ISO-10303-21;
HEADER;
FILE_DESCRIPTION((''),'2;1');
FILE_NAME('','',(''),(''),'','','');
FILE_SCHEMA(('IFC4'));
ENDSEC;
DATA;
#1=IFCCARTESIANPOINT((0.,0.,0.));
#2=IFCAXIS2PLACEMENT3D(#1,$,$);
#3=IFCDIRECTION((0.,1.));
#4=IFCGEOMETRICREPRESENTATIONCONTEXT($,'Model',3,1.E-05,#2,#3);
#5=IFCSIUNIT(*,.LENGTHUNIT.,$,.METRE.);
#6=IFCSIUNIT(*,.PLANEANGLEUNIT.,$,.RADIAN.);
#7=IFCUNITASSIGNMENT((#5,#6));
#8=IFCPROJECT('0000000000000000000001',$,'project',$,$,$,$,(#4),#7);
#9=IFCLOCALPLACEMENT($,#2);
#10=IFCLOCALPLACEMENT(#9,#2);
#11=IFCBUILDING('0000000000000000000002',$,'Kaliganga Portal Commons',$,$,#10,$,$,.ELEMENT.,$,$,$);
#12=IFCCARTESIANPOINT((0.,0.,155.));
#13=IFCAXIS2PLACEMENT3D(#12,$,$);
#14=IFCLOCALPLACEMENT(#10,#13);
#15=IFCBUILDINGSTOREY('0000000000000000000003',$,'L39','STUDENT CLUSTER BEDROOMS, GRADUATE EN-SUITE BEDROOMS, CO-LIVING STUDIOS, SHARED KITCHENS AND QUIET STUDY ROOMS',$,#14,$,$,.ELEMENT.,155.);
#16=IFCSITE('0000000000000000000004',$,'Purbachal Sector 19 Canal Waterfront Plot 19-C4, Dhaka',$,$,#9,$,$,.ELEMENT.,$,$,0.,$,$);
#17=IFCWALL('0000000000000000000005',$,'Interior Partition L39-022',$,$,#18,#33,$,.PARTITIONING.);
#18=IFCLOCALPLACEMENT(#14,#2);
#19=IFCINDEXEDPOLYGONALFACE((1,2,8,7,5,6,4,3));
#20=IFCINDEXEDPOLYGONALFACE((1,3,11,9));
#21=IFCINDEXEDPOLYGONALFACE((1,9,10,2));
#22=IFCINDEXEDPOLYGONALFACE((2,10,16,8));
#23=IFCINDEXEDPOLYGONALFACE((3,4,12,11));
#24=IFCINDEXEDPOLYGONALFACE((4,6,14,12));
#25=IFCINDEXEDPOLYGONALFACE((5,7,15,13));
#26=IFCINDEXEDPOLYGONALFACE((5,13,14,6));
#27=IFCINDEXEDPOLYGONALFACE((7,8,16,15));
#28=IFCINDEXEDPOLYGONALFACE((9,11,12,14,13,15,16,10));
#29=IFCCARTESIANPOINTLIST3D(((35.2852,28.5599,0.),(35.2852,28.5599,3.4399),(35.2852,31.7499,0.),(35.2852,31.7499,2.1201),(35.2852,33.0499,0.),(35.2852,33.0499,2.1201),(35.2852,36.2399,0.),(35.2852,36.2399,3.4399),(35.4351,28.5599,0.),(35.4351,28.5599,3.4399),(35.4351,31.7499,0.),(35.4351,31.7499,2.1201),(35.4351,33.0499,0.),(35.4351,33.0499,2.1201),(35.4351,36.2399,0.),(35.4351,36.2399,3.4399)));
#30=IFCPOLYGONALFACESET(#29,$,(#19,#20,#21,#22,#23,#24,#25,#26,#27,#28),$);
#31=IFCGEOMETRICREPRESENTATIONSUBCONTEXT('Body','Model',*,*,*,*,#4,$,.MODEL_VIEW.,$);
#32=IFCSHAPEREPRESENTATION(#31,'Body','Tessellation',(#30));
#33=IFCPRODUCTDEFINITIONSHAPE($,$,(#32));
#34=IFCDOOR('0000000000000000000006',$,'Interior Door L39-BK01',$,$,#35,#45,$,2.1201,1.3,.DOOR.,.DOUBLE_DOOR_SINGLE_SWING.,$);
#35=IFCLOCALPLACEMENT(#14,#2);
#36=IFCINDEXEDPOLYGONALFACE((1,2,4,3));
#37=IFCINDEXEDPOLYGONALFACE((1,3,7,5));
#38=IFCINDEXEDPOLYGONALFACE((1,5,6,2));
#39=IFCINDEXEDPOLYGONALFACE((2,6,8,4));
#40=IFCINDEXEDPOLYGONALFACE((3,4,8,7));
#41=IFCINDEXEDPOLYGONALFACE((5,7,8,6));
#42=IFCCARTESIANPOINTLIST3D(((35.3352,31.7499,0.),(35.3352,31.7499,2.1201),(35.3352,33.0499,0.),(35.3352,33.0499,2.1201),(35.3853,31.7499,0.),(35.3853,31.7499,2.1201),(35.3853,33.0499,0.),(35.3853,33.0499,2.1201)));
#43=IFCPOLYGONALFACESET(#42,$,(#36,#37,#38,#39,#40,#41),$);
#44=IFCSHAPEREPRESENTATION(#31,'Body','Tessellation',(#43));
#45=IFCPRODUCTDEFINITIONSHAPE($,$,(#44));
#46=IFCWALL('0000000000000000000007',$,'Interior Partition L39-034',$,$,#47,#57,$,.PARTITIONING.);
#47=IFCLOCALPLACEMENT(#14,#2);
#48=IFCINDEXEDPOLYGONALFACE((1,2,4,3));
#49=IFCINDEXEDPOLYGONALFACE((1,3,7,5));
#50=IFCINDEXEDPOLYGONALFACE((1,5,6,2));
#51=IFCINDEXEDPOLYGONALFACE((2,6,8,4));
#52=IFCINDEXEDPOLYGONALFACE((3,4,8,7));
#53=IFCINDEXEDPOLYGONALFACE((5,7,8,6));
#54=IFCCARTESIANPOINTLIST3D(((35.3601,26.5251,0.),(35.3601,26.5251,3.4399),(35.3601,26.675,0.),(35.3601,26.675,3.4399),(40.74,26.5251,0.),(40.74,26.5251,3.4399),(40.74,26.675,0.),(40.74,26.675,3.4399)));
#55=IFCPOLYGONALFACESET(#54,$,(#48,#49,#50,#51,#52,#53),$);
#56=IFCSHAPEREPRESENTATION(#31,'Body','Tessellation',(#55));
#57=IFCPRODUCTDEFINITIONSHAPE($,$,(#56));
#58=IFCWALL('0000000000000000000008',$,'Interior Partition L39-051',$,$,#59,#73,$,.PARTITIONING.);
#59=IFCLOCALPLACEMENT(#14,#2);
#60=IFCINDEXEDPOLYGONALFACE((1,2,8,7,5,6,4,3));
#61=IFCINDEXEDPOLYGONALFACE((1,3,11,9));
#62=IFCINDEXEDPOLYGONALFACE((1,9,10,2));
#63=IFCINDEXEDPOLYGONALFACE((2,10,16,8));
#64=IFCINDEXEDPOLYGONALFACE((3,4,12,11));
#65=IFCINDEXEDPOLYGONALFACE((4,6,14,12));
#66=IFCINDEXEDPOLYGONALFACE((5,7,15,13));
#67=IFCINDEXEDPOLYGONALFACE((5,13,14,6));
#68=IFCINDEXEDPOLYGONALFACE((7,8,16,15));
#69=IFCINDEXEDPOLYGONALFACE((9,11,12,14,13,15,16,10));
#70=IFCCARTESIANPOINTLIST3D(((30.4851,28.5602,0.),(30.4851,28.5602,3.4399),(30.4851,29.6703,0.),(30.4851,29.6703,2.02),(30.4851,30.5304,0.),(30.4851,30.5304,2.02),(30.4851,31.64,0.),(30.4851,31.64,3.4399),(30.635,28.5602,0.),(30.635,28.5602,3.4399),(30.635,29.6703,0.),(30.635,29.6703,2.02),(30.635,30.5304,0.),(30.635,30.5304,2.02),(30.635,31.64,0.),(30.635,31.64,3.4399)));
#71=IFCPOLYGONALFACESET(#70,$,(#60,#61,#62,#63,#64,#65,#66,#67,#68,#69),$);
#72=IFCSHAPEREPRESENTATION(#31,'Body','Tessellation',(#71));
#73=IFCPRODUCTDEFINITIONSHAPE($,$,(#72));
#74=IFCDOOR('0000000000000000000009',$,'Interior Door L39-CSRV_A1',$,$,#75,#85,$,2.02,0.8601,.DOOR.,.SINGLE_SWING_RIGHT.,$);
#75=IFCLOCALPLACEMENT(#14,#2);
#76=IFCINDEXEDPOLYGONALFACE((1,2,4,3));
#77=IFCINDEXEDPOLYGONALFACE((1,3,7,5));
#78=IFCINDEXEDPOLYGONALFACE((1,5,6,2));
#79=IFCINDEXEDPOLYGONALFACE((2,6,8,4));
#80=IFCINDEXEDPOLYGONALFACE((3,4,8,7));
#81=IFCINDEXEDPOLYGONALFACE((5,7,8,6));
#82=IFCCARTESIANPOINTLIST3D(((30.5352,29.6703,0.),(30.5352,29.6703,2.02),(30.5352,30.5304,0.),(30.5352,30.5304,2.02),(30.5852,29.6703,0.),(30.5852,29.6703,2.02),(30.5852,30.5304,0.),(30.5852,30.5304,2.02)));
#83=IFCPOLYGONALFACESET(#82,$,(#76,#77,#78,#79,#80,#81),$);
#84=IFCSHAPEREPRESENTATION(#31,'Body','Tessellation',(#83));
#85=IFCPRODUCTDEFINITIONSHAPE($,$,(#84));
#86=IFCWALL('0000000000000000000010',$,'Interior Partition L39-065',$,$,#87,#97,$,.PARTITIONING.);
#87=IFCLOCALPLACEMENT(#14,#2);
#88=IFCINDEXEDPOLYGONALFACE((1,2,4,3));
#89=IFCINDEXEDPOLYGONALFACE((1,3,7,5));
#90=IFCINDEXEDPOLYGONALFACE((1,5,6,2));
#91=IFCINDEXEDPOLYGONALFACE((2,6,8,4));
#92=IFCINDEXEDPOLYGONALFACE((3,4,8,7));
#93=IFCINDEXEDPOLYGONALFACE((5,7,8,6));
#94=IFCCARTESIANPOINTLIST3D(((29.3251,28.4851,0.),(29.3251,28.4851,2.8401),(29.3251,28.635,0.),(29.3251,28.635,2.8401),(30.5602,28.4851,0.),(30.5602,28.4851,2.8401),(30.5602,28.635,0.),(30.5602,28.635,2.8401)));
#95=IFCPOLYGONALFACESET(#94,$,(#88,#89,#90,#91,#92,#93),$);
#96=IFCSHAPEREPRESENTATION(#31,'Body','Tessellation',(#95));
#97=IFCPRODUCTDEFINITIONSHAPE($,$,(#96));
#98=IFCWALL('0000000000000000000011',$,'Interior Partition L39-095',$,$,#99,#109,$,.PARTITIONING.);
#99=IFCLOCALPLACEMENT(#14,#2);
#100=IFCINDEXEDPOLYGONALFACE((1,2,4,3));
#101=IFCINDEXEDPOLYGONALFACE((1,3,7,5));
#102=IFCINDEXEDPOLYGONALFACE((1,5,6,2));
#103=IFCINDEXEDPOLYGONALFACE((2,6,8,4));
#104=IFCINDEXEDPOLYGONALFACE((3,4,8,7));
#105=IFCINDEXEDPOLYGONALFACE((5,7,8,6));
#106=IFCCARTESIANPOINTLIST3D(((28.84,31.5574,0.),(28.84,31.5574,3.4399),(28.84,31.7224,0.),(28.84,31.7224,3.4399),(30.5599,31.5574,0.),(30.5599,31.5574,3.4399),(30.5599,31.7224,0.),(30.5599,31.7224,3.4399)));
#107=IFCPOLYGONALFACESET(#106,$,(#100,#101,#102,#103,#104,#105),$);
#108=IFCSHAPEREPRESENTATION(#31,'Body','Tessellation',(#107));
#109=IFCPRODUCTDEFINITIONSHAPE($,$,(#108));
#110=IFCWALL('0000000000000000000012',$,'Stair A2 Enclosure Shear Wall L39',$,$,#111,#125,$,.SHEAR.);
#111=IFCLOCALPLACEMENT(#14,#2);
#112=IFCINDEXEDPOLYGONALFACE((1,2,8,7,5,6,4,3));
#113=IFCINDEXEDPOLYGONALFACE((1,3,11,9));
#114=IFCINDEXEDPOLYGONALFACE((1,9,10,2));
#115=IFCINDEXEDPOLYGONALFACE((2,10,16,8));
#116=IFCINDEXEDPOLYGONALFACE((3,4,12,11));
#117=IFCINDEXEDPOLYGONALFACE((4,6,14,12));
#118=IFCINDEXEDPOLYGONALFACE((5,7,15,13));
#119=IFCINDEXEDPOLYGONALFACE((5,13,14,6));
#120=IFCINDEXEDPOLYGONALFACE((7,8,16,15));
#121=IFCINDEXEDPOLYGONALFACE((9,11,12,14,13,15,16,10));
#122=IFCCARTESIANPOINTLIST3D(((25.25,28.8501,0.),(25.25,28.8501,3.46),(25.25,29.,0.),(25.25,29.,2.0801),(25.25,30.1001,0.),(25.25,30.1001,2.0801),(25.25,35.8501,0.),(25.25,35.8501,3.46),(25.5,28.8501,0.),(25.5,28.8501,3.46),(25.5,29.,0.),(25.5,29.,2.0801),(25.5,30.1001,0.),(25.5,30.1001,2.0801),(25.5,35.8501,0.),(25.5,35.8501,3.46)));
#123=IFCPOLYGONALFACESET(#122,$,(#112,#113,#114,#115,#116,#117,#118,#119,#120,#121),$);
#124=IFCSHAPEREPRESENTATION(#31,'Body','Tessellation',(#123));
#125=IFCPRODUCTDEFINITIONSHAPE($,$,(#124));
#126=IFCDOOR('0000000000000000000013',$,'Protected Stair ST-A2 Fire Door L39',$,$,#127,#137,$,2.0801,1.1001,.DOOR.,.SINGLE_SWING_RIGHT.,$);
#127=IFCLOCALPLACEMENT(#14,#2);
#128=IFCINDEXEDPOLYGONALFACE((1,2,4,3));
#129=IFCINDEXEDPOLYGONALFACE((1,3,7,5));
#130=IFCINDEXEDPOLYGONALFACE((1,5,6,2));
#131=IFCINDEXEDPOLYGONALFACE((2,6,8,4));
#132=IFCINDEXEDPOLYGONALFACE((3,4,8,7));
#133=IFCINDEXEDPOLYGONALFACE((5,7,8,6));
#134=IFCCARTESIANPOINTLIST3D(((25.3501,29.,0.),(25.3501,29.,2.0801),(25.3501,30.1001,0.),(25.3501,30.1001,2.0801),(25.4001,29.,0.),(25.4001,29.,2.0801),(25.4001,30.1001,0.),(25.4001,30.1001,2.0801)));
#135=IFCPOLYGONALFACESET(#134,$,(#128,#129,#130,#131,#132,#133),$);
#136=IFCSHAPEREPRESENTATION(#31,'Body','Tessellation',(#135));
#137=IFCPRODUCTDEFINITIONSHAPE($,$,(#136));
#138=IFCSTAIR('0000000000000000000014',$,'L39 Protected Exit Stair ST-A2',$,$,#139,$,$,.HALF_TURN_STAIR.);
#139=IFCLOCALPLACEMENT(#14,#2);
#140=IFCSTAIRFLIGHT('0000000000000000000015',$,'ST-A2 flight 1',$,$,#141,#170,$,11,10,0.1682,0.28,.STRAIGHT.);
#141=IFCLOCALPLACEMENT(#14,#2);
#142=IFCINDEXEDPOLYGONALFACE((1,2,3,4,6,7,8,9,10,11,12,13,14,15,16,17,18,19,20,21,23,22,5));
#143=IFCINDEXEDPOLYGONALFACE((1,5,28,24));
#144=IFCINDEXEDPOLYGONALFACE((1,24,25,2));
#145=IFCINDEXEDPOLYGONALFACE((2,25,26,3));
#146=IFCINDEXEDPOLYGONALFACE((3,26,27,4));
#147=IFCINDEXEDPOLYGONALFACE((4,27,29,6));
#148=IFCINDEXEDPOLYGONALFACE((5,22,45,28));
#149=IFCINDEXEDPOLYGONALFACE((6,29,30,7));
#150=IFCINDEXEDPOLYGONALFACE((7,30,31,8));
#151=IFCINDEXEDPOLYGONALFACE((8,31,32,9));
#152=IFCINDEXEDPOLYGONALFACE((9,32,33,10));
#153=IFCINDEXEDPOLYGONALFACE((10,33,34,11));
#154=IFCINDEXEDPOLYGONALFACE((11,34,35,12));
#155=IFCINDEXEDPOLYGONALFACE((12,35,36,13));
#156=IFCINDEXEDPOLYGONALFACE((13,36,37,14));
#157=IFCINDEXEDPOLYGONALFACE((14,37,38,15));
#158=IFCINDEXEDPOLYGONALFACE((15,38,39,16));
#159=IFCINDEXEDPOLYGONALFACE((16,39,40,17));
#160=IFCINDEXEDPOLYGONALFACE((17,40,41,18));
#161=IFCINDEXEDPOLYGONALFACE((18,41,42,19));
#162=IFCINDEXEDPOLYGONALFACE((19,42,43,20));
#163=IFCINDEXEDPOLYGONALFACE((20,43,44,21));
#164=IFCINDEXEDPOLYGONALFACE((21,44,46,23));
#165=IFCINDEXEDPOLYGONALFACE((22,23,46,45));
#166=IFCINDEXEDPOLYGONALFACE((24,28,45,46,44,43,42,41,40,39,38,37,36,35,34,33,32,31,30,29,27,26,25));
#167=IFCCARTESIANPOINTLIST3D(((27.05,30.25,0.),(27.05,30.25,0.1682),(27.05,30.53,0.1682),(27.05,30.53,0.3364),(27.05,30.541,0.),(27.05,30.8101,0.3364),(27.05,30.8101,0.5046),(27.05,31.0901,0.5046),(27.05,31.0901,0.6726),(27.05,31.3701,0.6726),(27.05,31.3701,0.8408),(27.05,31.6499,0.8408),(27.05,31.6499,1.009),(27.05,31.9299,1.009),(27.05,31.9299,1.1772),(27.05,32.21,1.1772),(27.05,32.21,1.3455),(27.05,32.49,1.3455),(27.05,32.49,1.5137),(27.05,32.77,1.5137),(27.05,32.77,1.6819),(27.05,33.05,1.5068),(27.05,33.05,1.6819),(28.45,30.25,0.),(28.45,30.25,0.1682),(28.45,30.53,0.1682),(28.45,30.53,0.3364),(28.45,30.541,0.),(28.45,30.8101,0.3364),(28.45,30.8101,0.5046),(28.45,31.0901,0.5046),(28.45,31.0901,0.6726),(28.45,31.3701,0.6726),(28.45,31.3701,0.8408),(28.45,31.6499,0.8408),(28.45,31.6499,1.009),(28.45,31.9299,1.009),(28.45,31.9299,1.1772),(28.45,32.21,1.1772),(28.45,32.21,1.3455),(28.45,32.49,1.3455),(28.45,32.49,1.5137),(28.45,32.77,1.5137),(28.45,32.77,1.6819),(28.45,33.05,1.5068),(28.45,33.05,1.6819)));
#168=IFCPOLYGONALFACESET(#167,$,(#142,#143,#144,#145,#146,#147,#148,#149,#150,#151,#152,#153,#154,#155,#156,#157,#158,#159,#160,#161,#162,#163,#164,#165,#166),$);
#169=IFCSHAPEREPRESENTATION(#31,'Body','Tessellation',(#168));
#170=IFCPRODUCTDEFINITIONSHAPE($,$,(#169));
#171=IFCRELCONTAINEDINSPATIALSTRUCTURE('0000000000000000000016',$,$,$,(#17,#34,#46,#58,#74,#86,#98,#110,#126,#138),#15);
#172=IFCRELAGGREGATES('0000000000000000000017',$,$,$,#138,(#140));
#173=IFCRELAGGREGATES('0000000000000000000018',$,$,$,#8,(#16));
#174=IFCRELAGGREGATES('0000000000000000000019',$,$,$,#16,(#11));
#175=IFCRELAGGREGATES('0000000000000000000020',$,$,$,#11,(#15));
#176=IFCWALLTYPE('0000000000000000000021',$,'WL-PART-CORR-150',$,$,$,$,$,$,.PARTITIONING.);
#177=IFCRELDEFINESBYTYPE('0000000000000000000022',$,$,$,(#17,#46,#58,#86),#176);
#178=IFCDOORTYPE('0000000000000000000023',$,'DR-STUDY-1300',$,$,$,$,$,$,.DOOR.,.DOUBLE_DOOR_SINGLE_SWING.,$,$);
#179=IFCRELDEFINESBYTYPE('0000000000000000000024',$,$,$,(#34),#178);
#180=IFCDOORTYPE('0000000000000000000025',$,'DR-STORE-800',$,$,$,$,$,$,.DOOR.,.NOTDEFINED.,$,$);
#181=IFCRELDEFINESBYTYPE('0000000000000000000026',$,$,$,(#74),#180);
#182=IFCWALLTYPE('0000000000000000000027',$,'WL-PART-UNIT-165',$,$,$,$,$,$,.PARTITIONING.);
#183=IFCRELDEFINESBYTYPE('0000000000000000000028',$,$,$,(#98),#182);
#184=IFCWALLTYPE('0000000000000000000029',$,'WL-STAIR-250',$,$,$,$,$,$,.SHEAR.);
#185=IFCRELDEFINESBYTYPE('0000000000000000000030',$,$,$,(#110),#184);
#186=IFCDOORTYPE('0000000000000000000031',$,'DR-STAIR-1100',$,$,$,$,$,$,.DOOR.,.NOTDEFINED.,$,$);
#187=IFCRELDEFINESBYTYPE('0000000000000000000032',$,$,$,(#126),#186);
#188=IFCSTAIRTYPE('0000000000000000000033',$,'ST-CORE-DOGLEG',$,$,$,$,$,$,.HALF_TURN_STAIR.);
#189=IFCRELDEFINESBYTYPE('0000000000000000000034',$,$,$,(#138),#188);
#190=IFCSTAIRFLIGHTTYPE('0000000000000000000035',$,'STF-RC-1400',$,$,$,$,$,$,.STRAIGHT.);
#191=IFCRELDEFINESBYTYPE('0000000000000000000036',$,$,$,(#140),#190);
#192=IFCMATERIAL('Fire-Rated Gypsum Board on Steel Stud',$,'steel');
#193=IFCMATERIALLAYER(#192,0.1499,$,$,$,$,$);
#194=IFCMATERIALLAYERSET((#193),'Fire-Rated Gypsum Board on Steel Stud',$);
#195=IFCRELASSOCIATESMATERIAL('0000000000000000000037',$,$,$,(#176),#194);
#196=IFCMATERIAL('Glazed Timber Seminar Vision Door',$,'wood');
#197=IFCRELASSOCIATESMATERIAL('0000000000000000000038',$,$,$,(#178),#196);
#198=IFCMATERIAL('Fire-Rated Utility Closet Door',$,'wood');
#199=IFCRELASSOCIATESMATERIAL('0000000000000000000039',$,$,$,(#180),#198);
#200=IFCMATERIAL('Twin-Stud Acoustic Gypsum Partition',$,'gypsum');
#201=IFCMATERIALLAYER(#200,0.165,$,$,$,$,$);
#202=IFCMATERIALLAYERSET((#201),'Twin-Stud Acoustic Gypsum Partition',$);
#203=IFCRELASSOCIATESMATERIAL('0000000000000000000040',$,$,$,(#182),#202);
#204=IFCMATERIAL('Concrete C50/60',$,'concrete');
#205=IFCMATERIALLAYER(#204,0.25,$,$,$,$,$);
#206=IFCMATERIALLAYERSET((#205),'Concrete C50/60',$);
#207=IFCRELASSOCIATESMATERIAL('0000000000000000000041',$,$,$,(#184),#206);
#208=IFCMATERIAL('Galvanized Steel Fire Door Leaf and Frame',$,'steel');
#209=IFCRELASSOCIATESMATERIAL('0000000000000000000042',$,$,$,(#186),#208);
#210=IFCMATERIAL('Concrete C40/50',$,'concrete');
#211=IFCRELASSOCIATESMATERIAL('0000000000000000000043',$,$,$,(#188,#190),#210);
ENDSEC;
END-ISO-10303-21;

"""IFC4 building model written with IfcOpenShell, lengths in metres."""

from ifc_helpers import new_model, si_unit, direction, frame, frame_2d, origin, place, context, subcontext, project, spatial, polyline, rectangle, outline, extrude, material, layer, layer_set, type_object, element, fill, aggregate, save


model = new_model("IFC4")

# Units and contexts
model_context = context("Model", 3, precision=1e-05, world=origin(), true_north=direction((0.0, 1.0)))
body_context = subcontext(model_context, "Body", "Model", "MODEL_VIEW")
ifc_project = project(units=[si_unit("LENGTHUNIT", "METRE"), si_unit("PLANEANGLEUNIT", "RADIAN")], contexts=[model_context])

# Site, building, storey
site_placement = place(None, origin())
site = spatial("IfcSite", under=ifc_project, at=site_placement, Name="Purbachal Sector 19 Canal Waterfront Plot 19-C4, Dhaka", CompositionType="ELEMENT", RefElevation=0.0)
building_placement = place(site_placement, origin())
building = spatial("IfcBuilding", under=site, at=building_placement, Name="Kaliganga Portal Commons", CompositionType="ELEMENT")
storey_placement = place(building_placement, frame((0.0, 0.0, 155.0)))
storey = spatial("IfcBuildingStorey", under=building, at=storey_placement, Name="L39", Description="STUDENT CLUSTER BEDROOMS, GRADUATE EN-SUITE BEDROOMS, CO-LIVING STUDIOS, SHARED KITCHENS AND QUIET STUDY ROOMS", CompositionType="ELEMENT", Elevation=155.0)

# Wall, opening, door
ifc_material_1 = material(Name="Fire-Rated Gypsum Board on Steel Stud", Category="steel")
ifc_layer_1 = layer(ifc_material_1, 0.1499)
ifc_layer_set_1 = layer_set([ifc_layer_1], Name="Fire-Rated Gypsum Board on Steel Stud")
wall_type_1 = type_object("IfcWallType", Name="WL-PART-CORR-150", PredefinedType="PARTITIONING", material=ifc_layer_set_1)
wall_1_placement = place(storey_placement, frame((35.3601, 28.5601, 0.0), z_axis=(0.0, 0.0, 1.0), x_axis=(0.0, 1.0, 0.0)))
wall_1 = element("IfcWall", 1, at=wall_1_placement, inside=storey, type_object=wall_type_1, Name="Interior Partition L39-022", PredefinedType="PARTITIONING", context=body_context, shape_type="SweptSolid", body=[
    extrude(rectangle(XDim=7.6799, YDim=0.1499, at=frame_2d((3.8398, 0.0))), origin(), (0.0, 0.0, 1.0), 3.4399),
])
opening_1_placement = place(wall_1_placement, frame((3.1899, 0.0, 0.0)))
opening_1 = element("IfcOpeningElement", 2, at=opening_1_placement, cuts=wall_1, PredefinedType="OPENING", context=body_context, shape_type="SweptSolid", body=[
    extrude(rectangle(XDim=1.3, YDim=2.1201, at=frame_2d((0.6499, 1.0601))), frame((0.0, 0.085, 0.0), z_axis=(0.0, -1.0, 0.0), x_axis=(1.0, 0.0, 0.0)), (0.0, 0.0, 1.0), 0.1699),
])
ifc_material_2 = material(Name="Glazed Timber Seminar Vision Door", Category="wood")
door_type_1 = type_object("IfcDoorType", Name="DR-STUDY-1300", OperationType="DOUBLE_DOOR_SINGLE_SWING", PredefinedType="DOOR", material=ifc_material_2)
door_1_placement = place(opening_1_placement, origin())
door_1 = element("IfcDoor", 3, at=door_1_placement, inside=storey, type_object=door_type_1, Name="Interior Door L39-BK01", OperationType="DOUBLE_DOOR_SINGLE_SWING", OverallHeight=2.1201, OverallWidth=1.3, PredefinedType="DOOR", context=body_context, shape_type="SweptSolid", body=[
    extrude(rectangle(XDim=1.3, YDim=2.1201, at=frame_2d((0.6499, 1.0601))), frame((0.0, 0.0249, 0.0), z_axis=(0.0, -1.0, 0.0), x_axis=(1.0, 0.0, 0.0)), (0.0, 0.0, 1.0), 0.05),
])
fill(opening_1, door_1)

# Wall
wall_2_placement = place(storey_placement, frame((35.3601, 26.6001, 0.0), z_axis=(0.0, 0.0, 1.0), x_axis=(1.0, 0.0, 0.0)))
element("IfcWall", 4, at=wall_2_placement, inside=storey, type_object=wall_type_1, Name="Interior Partition L39-034", PredefinedType="PARTITIONING", context=body_context, shape_type="SweptSolid", body=[
    extrude(rectangle(XDim=5.3799, YDim=0.1499, at=frame_2d((2.6899, 0.0))), origin(), (0.0, 0.0, 1.0), 3.4399),
])

# Wall, opening, door
wall_3_placement = place(storey_placement, frame((30.5601, 28.5601, 0.0), z_axis=(0.0, 0.0, 1.0), x_axis=(0.0, 1.0, 0.0)))
wall_3 = element("IfcWall", 5, at=wall_3_placement, inside=storey, type_object=wall_type_1, Name="Interior Partition L39-051", PredefinedType="PARTITIONING", context=body_context, shape_type="SweptSolid", body=[
    extrude(rectangle(XDim=3.0798, YDim=0.1499, at=frame_2d((1.54, 0.0))), origin(), (0.0, 0.0, 1.0), 3.4399),
])
opening_2_placement = place(wall_3_placement, frame((1.1101, 0.0, 0.0)))
opening_2 = element("IfcOpeningElement", 6, at=opening_2_placement, cuts=wall_3, PredefinedType="OPENING", context=body_context, shape_type="SweptSolid", body=[
    extrude(rectangle(XDim=0.8601, YDim=2.02, at=frame_2d((0.4302, 1.01))), frame((0.0, 0.085, 0.0), z_axis=(0.0, -1.0, 0.0), x_axis=(1.0, 0.0, 0.0)), (0.0, 0.0, 1.0), 0.1699),
])
ifc_material_3 = material(Name="Fire-Rated Utility Closet Door", Category="wood")
door_type_2 = type_object("IfcDoorType", Name="DR-STORE-800", OperationType="NOTDEFINED", PredefinedType="DOOR", material=ifc_material_3)
door_2_placement = place(opening_2_placement, origin())
door_2 = element("IfcDoor", 7, at=door_2_placement, inside=storey, type_object=door_type_2, Name="Interior Door L39-CSRV_A1", OperationType="SINGLE_SWING_RIGHT", OverallHeight=2.02, OverallWidth=0.8601, PredefinedType="DOOR", context=body_context, shape_type="SweptSolid", body=[
    extrude(rectangle(XDim=0.8601, YDim=2.02, at=frame_2d((0.4302, 1.01))), frame((0.0, 0.0249, 0.0), z_axis=(0.0, -1.0, 0.0), x_axis=(1.0, 0.0, 0.0)), (0.0, 0.0, 1.0), 0.05),
])
fill(opening_2, door_2)

# Walls
wall_4_placement = place(storey_placement, frame((29.325, 28.5601, 0.0), z_axis=(0.0, 0.0, 1.0), x_axis=(1.0, 0.0, 0.0)))
element("IfcWall", 8, at=wall_4_placement, inside=storey, type_object=wall_type_1, Name="Interior Partition L39-065", PredefinedType="PARTITIONING", context=body_context, shape_type="SweptSolid", body=[
    extrude(rectangle(XDim=1.2351, YDim=0.1499, at=frame_2d((0.6177, 0.0))), origin(), (0.0, 0.0, 1.0), 2.8401),
])
ifc_material_4 = material(Name="Twin-Stud Acoustic Gypsum Partition", Category="gypsum")
ifc_layer_2 = layer(ifc_material_4, 0.165)
ifc_layer_set_2 = layer_set([ifc_layer_2], Name="Twin-Stud Acoustic Gypsum Partition")
wall_type_2 = type_object("IfcWallType", Name="WL-PART-UNIT-165", PredefinedType="PARTITIONING", material=ifc_layer_set_2)
wall_5_placement = place(storey_placement, frame((28.8401, 31.6399, 0.0), z_axis=(0.0, 0.0, 1.0), x_axis=(1.0, 0.0, 0.0)))
element("IfcWall", 9, at=wall_5_placement, inside=storey, type_object=wall_type_2, Name="Interior Partition L39-095", PredefinedType="PARTITIONING", context=body_context, shape_type="SweptSolid", body=[
    extrude(rectangle(XDim=1.72, YDim=0.165, at=frame_2d((0.8599, 0.0))), origin(), (0.0, 0.0, 1.0), 3.4399),
])

# Wall, opening, door
ifc_material_5 = material(Name="Concrete C50/60", Category="concrete")
ifc_layer_3 = layer(ifc_material_5, 0.25)
ifc_layer_set_3 = layer_set([ifc_layer_3], Name="Concrete C50/60")
wall_type_3 = type_object("IfcWallType", Name="WL-STAIR-250", PredefinedType="SHEAR", material=ifc_layer_set_3)
wall_6_placement = place(storey_placement, frame((25.375, 28.8501, 0.0), z_axis=(0.0, 0.0, 1.0), x_axis=(0.0, 1.0, 0.0)))
wall_6 = element("IfcWall", 10, at=wall_6_placement, inside=storey, type_object=wall_type_3, Name="Stair A2 Enclosure Shear Wall L39", PredefinedType="SHEAR", context=body_context, shape_type="SweptSolid", body=[
    extrude(rectangle(XDim=7.0, YDim=0.25, at=frame_2d((3.5, 0.0))), origin(), (0.0, 0.0, 1.0), 3.46),
])
opening_3_placement = place(wall_6_placement, frame((0.1499, 0.0, 0.0)))
opening_3 = element("IfcOpeningElement", 11, at=opening_3_placement, cuts=wall_6, PredefinedType="OPENING", context=body_context, shape_type="SweptSolid", body=[
    extrude(rectangle(XDim=1.1001, YDim=2.0801, at=frame_2d((0.55, 1.04))), frame((0.0, 0.135, 0.0), z_axis=(0.0, -1.0, 0.0), x_axis=(1.0, 0.0, 0.0)), (0.0, 0.0, 1.0), 0.27),
])
ifc_material_6 = material(Name="Galvanized Steel Fire Door Leaf and Frame", Category="steel")
door_type_3 = type_object("IfcDoorType", Name="DR-STAIR-1100", OperationType="NOTDEFINED", PredefinedType="DOOR", material=ifc_material_6)
door_3_placement = place(opening_3_placement, origin())
door_3 = element("IfcDoor", 12, at=door_3_placement, inside=storey, type_object=door_type_3, Name="Protected Stair ST-A2 Fire Door L39", OperationType="SINGLE_SWING_RIGHT", OverallHeight=2.0801, OverallWidth=1.1001, PredefinedType="DOOR", context=body_context, shape_type="SweptSolid", body=[
    extrude(rectangle(XDim=1.1001, YDim=2.0801, at=frame_2d((0.55, 1.04))), frame((0.0, 0.0249, 0.0), z_axis=(0.0, -1.0, 0.0), x_axis=(1.0, 0.0, 0.0)), (0.0, 0.0, 1.0), 0.05),
])
fill(opening_3, door_3)

# Stair, stair flight
ifc_material_7 = material(Name="Concrete C40/50", Category="concrete")
stair_type = type_object("IfcStairType", Name="ST-CORE-DOGLEG", PredefinedType="HALF_TURN_STAIR", material=ifc_material_7)
stair_placement = place(storey_placement, origin())
stair = element("IfcStair", 13, at=stair_placement, inside=storey, type_object=stair_type, Name="L39 Protected Exit Stair ST-A2", PredefinedType="HALF_TURN_STAIR")
stair_flight_type = type_object("IfcStairFlightType", Name="STF-RC-1400", PredefinedType="STRAIGHT", material=ifc_material_7)
stair_flight_placement = place(storey_placement, frame((27.75, 30.25, 0.0), z_axis=(0.0, 0.0, 1.0), x_axis=(0.0, 1.0, 0.0)))
stair_flight = element("IfcStairFlight", 14, at=stair_flight_placement, type_object=stair_flight_type, Name="ST-A2 flight 1", NumberOfRisers=11, NumberOfTreads=10, PredefinedType="STRAIGHT", RiserHeight=0.1682, TreadLength=0.28, context=body_context, shape_type="SweptSolid", body=[
    extrude(outline(polyline([(0.0, 0.0), (0.0, 0.1682), (0.28, 0.1682), (0.28, 0.3364), (0.5601, 0.3364), (0.5601, 0.5046), (0.8401, 0.5046), (0.8401, 0.6726), (1.1201, 0.6726), (1.1201, 0.8408), (1.3999, 0.8408), (1.3999, 1.009), (1.6799, 1.009), (1.6799, 1.1772), (1.96, 1.1772), (1.96, 1.3455), (2.24, 1.3455), (2.24, 1.5137), (2.52, 1.5137), (2.52, 1.6819), (2.8, 1.6819), (2.8, 1.8501), (2.8, 1.5068), (0.291, 0.0), (0.0, 0.0)])), frame((0.0, 0.7, 0.0), z_axis=(0.0, -1.0, 0.0), x_axis=(1.0, 0.0, 0.0)), (0.0, 0.0, 1.0), 1.3999),
])
aggregate(stair, [stair_flight])

save(model, "model.ifc")
